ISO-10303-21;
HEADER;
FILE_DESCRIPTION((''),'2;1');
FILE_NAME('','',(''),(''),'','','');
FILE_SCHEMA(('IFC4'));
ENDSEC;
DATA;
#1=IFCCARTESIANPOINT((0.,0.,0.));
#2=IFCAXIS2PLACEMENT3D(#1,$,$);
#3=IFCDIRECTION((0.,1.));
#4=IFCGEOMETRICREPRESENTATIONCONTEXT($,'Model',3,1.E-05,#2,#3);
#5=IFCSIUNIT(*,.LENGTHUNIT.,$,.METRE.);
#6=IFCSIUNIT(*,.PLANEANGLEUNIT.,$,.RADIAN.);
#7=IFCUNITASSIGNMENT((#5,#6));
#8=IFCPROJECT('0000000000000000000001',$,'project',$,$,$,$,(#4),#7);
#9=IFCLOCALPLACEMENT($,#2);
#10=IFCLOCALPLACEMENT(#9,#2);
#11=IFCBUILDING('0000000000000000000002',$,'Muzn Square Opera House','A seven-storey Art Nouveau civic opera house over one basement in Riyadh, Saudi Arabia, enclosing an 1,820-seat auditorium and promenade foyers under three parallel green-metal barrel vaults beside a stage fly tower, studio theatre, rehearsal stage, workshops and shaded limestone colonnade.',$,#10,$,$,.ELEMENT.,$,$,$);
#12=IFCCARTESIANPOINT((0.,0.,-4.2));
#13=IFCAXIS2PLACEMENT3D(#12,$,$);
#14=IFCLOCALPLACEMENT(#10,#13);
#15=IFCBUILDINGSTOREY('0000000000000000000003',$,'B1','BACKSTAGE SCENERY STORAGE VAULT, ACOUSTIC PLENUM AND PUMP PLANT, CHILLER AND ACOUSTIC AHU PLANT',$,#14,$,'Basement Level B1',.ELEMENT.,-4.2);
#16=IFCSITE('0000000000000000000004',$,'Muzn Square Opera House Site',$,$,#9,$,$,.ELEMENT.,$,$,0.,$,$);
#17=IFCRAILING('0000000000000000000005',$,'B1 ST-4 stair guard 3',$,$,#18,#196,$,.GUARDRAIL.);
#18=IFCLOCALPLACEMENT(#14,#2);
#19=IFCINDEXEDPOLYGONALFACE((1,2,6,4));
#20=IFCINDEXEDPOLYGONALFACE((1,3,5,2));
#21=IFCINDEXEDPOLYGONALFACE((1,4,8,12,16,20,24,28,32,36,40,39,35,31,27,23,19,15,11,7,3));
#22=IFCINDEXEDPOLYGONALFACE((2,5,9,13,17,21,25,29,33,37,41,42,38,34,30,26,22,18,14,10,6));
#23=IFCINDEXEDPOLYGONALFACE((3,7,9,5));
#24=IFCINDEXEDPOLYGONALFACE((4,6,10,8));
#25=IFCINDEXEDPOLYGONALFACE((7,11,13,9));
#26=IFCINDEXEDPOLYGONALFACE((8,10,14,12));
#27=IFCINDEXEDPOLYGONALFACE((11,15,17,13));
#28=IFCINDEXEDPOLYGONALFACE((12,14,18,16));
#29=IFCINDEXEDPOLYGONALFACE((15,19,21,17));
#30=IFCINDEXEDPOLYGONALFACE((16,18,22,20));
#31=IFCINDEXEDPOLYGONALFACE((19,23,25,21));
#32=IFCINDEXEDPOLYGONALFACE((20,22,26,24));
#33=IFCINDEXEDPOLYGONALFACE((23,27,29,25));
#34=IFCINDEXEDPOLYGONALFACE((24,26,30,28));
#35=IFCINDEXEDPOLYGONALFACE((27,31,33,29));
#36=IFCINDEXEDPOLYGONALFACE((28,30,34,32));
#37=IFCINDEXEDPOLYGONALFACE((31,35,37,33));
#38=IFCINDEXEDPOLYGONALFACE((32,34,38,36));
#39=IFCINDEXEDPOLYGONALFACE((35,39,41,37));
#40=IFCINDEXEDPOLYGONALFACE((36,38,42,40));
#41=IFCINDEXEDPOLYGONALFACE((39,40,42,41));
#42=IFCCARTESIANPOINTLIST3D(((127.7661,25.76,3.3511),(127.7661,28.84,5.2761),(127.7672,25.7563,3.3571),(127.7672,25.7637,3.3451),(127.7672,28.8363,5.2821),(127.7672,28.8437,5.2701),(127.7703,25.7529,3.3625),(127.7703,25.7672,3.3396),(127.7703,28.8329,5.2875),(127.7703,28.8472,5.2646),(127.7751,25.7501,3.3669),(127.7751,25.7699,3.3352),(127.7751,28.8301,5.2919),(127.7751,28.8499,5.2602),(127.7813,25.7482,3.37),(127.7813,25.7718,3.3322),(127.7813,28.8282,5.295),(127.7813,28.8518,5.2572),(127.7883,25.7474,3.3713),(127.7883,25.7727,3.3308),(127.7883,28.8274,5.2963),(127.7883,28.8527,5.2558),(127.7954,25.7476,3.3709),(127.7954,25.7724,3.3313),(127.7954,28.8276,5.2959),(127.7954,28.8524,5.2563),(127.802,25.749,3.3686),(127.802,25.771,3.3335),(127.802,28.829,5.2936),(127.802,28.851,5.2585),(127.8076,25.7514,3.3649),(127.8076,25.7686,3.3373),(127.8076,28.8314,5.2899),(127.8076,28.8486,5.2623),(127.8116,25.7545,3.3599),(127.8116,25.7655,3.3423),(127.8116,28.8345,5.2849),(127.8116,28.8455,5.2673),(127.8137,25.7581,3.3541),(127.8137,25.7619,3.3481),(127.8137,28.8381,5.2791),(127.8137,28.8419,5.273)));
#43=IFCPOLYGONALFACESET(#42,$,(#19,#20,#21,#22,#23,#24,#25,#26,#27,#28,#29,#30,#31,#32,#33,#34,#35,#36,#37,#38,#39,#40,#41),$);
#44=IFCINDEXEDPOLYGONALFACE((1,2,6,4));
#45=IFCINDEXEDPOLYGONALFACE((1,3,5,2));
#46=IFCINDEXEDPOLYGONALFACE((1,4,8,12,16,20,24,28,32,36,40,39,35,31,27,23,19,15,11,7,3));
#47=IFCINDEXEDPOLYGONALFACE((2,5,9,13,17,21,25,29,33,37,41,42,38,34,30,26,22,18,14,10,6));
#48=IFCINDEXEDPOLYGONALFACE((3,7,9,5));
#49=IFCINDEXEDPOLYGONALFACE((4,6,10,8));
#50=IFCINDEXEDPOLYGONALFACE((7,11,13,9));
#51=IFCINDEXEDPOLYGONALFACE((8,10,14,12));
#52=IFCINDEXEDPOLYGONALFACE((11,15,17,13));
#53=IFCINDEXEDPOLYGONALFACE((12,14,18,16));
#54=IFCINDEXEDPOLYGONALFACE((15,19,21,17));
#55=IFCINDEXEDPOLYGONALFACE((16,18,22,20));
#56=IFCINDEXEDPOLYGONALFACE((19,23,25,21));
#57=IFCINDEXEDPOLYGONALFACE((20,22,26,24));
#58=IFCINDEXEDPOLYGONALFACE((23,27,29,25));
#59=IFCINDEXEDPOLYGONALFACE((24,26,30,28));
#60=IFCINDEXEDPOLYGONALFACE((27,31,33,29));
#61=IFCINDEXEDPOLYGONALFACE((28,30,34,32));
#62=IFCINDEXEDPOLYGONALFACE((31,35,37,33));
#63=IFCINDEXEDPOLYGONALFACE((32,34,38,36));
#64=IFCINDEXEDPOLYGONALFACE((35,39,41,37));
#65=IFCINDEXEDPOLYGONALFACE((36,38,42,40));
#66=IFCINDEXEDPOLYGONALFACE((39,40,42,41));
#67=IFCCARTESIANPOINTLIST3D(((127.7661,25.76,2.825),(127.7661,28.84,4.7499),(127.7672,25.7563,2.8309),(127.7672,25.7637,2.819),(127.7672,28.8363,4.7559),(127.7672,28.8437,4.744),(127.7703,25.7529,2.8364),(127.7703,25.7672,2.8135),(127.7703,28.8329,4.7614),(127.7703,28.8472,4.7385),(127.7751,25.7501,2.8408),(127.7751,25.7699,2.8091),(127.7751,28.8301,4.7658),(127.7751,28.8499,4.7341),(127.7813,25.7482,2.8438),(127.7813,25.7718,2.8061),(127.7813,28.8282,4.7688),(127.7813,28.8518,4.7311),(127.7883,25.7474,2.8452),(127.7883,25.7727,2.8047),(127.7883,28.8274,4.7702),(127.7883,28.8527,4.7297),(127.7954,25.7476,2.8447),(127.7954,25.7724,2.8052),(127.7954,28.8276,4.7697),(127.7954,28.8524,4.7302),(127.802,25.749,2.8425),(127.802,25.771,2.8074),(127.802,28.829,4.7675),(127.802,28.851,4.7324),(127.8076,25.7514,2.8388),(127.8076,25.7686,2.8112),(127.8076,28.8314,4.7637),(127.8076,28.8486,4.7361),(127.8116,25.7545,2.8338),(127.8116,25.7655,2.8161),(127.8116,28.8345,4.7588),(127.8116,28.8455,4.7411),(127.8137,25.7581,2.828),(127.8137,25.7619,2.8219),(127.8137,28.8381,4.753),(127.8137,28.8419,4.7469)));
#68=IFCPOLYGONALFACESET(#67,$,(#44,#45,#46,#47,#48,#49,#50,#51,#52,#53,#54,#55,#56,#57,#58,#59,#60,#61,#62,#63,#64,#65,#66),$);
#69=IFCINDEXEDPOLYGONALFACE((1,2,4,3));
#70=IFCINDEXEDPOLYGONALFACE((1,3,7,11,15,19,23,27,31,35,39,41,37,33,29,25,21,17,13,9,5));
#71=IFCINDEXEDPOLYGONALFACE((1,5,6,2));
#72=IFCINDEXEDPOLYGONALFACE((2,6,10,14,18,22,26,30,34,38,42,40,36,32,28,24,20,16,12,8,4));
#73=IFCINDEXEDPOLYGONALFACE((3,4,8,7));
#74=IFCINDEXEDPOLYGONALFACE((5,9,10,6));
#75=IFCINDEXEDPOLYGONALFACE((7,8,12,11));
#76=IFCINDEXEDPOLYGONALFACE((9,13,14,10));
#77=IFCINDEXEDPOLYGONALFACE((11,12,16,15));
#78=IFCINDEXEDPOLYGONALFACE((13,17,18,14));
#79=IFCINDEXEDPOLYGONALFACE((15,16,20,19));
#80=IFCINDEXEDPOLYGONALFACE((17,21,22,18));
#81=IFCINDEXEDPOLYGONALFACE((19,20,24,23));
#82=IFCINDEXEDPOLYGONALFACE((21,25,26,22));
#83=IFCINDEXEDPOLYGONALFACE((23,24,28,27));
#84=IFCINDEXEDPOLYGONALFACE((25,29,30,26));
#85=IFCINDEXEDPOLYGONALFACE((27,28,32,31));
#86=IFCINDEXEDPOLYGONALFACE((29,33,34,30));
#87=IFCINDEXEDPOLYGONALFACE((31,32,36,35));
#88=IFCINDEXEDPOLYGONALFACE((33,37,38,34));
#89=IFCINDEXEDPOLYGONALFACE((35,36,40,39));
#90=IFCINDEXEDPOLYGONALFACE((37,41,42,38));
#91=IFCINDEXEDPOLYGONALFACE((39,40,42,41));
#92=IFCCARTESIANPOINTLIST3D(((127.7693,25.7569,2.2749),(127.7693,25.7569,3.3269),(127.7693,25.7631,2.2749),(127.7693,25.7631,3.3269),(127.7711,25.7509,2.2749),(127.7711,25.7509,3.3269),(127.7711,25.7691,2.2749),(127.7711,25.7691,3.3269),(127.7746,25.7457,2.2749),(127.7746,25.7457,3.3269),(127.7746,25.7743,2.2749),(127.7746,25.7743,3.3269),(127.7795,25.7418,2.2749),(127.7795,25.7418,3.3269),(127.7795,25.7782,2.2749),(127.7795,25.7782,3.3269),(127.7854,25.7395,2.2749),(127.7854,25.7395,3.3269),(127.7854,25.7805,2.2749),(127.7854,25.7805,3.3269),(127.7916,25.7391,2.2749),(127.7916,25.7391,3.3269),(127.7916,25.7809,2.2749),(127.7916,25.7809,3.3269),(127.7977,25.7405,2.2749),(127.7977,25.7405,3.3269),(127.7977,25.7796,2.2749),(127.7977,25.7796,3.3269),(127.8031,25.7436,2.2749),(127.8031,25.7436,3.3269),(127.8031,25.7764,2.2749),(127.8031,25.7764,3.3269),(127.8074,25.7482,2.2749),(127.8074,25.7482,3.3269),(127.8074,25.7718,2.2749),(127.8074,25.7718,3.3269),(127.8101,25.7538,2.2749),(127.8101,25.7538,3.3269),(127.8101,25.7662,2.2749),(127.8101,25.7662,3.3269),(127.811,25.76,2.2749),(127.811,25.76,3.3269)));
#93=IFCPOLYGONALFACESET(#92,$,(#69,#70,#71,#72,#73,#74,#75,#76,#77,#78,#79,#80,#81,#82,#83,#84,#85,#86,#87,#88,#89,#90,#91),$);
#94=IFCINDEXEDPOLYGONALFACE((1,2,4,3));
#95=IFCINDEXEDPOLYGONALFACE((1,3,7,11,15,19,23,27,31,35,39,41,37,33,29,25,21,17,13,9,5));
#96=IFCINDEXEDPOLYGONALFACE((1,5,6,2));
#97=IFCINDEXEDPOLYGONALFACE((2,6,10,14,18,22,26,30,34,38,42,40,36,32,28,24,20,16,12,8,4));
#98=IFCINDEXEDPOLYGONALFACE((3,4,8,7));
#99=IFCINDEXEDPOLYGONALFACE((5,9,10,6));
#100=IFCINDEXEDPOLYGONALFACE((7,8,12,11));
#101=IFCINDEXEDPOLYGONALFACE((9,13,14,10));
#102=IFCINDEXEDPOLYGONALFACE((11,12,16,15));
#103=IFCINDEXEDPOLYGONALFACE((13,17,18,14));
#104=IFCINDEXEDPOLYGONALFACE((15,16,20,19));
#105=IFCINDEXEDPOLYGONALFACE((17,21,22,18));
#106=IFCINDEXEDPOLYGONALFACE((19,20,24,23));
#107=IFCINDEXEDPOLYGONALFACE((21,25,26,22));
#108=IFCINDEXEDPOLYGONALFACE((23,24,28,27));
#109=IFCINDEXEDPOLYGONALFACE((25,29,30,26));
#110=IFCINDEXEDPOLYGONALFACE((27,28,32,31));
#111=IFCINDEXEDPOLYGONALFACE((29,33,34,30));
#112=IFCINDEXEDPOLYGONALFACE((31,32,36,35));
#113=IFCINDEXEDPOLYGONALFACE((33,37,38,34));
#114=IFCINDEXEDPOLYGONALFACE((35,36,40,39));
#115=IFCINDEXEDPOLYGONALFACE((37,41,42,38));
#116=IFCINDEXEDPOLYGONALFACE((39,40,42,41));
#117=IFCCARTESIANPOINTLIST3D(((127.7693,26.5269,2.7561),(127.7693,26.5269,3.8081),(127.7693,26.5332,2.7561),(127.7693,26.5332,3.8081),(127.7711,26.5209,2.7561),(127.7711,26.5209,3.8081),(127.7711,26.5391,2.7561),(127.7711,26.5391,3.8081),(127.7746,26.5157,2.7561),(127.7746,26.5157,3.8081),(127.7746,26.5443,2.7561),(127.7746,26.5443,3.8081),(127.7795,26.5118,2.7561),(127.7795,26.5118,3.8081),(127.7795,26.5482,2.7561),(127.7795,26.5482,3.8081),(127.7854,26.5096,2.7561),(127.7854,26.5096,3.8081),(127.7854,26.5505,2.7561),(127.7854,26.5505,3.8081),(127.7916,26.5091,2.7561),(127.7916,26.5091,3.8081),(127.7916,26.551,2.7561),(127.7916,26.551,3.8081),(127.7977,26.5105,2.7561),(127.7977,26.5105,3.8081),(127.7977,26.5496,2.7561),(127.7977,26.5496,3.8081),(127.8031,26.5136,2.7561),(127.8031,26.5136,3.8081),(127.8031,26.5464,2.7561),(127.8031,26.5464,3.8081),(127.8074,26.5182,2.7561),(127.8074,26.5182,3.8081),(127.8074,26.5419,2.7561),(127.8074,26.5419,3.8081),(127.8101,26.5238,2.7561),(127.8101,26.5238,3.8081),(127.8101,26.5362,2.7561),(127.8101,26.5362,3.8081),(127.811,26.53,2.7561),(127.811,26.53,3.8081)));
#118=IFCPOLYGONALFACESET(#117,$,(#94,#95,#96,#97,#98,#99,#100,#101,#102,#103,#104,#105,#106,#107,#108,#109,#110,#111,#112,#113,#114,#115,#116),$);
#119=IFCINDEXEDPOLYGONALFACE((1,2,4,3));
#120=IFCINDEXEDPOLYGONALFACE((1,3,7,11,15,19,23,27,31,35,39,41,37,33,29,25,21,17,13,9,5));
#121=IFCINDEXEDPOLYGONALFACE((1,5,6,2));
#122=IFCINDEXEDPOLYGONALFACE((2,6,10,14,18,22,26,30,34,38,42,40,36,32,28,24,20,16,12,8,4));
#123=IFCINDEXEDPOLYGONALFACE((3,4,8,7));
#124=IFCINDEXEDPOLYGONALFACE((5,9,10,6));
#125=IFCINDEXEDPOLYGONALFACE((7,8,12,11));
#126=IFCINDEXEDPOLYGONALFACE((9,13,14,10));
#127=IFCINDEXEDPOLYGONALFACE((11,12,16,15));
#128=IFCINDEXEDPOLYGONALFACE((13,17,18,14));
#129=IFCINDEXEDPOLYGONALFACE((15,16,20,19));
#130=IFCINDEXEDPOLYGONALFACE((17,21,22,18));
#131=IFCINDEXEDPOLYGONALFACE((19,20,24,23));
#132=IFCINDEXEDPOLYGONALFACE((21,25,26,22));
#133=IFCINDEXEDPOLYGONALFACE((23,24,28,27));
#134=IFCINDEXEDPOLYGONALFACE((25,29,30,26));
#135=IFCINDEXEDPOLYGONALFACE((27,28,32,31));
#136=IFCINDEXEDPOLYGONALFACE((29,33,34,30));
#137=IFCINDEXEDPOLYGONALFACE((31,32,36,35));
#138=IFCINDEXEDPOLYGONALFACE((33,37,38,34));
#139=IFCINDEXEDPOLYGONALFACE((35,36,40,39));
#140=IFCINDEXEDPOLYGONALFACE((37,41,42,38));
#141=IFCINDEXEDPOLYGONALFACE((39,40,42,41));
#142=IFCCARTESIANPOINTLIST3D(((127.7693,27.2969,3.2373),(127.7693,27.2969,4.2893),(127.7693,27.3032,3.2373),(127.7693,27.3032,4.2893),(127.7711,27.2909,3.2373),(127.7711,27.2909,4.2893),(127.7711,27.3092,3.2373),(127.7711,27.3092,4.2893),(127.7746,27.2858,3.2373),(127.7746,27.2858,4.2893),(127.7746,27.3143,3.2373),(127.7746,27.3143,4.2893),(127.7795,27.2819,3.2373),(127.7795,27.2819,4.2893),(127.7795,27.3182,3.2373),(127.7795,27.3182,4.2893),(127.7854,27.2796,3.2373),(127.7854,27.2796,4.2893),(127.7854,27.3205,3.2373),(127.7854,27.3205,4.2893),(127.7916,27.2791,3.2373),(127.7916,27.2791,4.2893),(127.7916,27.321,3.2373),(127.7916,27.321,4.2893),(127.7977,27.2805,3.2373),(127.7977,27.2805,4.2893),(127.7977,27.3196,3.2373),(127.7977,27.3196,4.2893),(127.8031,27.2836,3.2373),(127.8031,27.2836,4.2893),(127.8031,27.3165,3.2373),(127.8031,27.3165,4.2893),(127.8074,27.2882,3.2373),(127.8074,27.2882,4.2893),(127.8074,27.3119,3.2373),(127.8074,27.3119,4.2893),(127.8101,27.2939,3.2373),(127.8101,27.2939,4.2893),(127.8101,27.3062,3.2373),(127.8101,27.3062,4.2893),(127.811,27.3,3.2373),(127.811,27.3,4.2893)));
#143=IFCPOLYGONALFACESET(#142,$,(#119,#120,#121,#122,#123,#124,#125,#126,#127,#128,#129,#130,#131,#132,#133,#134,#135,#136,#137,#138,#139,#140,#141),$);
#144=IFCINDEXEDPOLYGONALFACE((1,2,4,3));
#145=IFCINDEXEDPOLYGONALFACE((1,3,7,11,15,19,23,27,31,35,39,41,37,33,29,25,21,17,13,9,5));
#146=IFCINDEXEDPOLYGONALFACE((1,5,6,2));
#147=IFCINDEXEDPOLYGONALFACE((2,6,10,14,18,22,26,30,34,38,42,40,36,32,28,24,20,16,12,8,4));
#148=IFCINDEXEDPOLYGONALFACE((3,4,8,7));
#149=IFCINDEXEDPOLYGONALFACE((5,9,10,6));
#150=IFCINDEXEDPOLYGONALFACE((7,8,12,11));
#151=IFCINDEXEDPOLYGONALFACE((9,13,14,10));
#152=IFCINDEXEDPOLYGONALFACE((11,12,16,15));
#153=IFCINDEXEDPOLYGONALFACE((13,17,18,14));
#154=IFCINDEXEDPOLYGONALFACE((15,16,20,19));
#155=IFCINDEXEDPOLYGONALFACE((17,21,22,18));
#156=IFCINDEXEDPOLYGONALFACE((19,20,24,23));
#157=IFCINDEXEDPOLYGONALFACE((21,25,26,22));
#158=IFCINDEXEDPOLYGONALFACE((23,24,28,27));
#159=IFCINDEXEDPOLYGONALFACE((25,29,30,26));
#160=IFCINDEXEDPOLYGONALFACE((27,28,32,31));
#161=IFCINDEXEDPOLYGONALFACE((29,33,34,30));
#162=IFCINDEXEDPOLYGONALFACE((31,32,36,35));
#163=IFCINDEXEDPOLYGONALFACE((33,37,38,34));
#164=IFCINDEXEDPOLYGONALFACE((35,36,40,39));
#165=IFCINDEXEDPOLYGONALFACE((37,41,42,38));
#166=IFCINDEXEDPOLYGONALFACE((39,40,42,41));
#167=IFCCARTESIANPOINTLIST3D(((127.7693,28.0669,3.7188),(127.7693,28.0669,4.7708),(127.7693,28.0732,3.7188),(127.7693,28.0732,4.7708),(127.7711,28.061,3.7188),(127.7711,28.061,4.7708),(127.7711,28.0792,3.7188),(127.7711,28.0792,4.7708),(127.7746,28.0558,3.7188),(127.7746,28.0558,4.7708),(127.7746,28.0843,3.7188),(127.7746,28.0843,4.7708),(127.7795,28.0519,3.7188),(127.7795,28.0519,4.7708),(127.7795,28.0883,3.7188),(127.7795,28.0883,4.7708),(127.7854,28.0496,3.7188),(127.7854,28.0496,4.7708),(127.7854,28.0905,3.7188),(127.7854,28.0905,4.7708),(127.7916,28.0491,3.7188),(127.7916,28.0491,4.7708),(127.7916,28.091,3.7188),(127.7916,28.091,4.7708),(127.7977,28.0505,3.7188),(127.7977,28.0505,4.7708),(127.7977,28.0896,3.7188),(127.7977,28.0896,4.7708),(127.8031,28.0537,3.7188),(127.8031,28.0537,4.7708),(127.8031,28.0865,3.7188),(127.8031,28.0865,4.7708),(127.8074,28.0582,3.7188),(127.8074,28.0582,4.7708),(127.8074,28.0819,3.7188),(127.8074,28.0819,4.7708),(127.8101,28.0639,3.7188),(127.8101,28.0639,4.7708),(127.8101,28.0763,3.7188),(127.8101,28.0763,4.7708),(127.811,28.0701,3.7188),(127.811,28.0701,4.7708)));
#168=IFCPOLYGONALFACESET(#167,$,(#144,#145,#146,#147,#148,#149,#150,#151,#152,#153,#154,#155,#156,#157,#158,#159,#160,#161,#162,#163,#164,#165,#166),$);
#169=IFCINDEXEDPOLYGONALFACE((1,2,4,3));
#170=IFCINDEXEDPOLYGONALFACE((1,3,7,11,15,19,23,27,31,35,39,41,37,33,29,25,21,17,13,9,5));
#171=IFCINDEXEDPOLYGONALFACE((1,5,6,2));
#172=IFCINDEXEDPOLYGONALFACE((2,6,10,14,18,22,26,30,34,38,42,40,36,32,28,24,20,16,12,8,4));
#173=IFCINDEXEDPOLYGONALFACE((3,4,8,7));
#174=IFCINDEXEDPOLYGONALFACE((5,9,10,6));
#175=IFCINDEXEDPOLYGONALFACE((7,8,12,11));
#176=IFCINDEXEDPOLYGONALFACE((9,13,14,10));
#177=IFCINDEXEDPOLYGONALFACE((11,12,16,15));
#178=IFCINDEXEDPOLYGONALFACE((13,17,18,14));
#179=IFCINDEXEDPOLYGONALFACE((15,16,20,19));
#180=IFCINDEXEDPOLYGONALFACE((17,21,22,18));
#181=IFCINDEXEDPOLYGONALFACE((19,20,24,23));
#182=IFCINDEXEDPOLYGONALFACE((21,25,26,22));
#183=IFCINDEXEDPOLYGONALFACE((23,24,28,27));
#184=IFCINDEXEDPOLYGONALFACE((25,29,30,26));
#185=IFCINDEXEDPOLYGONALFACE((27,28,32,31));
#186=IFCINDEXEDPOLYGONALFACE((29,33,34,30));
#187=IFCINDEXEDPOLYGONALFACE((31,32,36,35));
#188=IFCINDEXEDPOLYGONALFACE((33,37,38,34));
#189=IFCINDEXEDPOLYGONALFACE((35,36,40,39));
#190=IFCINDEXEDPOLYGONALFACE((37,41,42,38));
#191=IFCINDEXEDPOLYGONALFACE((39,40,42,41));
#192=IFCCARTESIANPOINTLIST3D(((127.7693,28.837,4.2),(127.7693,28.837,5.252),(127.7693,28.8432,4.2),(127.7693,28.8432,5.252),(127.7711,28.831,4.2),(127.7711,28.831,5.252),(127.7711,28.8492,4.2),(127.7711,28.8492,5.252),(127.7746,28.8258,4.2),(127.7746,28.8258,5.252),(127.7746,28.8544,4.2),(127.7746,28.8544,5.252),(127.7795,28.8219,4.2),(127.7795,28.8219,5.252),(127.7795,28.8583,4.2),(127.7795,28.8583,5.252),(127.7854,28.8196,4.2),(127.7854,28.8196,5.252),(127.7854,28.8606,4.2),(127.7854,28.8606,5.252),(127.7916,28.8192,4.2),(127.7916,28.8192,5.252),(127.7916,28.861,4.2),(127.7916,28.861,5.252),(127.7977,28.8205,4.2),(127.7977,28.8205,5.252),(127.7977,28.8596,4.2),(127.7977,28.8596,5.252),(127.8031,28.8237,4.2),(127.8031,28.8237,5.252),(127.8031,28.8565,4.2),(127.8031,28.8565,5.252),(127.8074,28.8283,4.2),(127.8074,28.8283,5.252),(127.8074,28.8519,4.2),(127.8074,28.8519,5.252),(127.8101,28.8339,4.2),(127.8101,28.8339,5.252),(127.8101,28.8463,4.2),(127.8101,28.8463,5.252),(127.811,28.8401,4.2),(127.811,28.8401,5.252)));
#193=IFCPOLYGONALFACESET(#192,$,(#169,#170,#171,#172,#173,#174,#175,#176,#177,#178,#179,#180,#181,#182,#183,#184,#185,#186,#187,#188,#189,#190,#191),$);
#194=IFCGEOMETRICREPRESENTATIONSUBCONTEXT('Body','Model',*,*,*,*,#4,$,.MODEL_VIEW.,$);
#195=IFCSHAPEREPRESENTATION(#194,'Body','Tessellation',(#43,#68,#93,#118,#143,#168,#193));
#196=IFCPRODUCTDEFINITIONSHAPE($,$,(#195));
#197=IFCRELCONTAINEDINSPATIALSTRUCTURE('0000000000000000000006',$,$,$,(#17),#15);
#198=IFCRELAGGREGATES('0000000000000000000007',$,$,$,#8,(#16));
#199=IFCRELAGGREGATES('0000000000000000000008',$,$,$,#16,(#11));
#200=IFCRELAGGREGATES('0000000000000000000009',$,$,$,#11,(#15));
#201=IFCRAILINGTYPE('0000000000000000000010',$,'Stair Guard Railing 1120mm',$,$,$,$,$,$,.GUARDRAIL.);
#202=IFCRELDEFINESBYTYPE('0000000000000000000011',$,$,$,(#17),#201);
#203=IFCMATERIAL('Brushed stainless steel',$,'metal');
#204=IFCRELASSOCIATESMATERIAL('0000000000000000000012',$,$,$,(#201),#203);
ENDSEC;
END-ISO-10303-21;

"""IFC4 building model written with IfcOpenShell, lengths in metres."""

from ifc_helpers import new_model, si_unit, direction, frame, origin, origin_2d, place, context, subcontext, project, spatial, circle, extrude, material, type_object, element, save


model = new_model("IFC4")

# Units and contexts
model_context = context("Model", 3, precision=1e-05, world=origin(), true_north=direction((0.0, 1.0)))
body_context = subcontext(model_context, "Body", "Model", "MODEL_VIEW")
ifc_project = project(units=[si_unit("LENGTHUNIT", "METRE"), si_unit("PLANEANGLEUNIT", "RADIAN")], contexts=[model_context])

# Site, building, storey
site_placement = place(None, origin())
site = spatial("IfcSite", under=ifc_project, at=site_placement, Name="Muzn Square Opera House Site", CompositionType="ELEMENT", RefElevation=0.0)
building_placement = place(site_placement, origin())
building = spatial("IfcBuilding", under=site, at=building_placement, Name="Muzn Square Opera House", Description="A seven-storey Art Nouveau civic opera house over one basement in Riyadh, Saudi Arabia, enclosing an 1,820-seat auditorium and promenade foyers under three parallel green-metal barrel vaults beside a stage fly tower, studio theatre, rehearsal stage, workshops and shaded limestone colonnade.", CompositionType="ELEMENT")
storey_placement = place(building_placement, frame((0.0, 0.0, -4.2)))
storey = spatial("IfcBuildingStorey", under=building, at=storey_placement, Name="B1", Description="BACKSTAGE SCENERY STORAGE VAULT, ACOUSTIC PLENUM AND PUMP PLANT, CHILLER AND ACOUSTIC AHU PLANT", LongName="Basement Level B1", CompositionType="ELEMENT", Elevation=-4.2)

# Railing
ifc_material_1 = material(Name="Brushed stainless steel", Category="metal")
railing_type_1 = type_object("IfcRailingType", Name="Stair Guard Railing 1120mm", PredefinedType="GUARDRAIL", material=ifc_material_1)
railing_1_placement = place(storey_placement, frame((127.79, 25.76, 2.2749)))
element("IfcRailing", 1, at=railing_1_placement, inside=storey, type_object=railing_type_1, Name="B1 ST-4 stair guard 3", PredefinedType="GUARDRAIL", context=body_context, shape_type="SweptSolid", body=[
    extrude(circle(Radius=0.0239, at=origin_2d()), frame((0.0, 0.0, 1.0762), z_axis=(0.0, 0.847998, 0.529999), x_axis=(-1.0, 0.0, 0.0)), (0.0, 0.0, 1.0), 3.6321),
    extrude(circle(Radius=0.0239, at=origin_2d()), frame((0.0, 0.0, 0.55), z_axis=(0.0, 0.847998, 0.529999), x_axis=(-1.0, 0.0, 0.0)), (0.0, 0.0, 1.0), 3.6321),
    extrude(circle(Radius=0.021, at=origin_2d()), origin(), (0.0, 0.0, 1.0), 1.052),
    extrude(circle(Radius=0.021, at=origin_2d()), frame((0.0, 0.77, 0.4812)), (0.0, 0.0, 1.0), 1.052),
    extrude(circle(Radius=0.021, at=origin_2d()), frame((0.0, 1.54, 0.9624)), (0.0, 0.0, 1.0), 1.052),
    extrude(circle(Radius=0.021, at=origin_2d()), frame((0.0, 2.3101, 1.4438)), (0.0, 0.0, 1.0), 1.052),
    extrude(circle(Radius=0.021, at=origin_2d()), frame((0.0, 3.0801, 1.925)), (0.0, 0.0, 1.0), 1.052),
])

save(model, "model.ifc")
